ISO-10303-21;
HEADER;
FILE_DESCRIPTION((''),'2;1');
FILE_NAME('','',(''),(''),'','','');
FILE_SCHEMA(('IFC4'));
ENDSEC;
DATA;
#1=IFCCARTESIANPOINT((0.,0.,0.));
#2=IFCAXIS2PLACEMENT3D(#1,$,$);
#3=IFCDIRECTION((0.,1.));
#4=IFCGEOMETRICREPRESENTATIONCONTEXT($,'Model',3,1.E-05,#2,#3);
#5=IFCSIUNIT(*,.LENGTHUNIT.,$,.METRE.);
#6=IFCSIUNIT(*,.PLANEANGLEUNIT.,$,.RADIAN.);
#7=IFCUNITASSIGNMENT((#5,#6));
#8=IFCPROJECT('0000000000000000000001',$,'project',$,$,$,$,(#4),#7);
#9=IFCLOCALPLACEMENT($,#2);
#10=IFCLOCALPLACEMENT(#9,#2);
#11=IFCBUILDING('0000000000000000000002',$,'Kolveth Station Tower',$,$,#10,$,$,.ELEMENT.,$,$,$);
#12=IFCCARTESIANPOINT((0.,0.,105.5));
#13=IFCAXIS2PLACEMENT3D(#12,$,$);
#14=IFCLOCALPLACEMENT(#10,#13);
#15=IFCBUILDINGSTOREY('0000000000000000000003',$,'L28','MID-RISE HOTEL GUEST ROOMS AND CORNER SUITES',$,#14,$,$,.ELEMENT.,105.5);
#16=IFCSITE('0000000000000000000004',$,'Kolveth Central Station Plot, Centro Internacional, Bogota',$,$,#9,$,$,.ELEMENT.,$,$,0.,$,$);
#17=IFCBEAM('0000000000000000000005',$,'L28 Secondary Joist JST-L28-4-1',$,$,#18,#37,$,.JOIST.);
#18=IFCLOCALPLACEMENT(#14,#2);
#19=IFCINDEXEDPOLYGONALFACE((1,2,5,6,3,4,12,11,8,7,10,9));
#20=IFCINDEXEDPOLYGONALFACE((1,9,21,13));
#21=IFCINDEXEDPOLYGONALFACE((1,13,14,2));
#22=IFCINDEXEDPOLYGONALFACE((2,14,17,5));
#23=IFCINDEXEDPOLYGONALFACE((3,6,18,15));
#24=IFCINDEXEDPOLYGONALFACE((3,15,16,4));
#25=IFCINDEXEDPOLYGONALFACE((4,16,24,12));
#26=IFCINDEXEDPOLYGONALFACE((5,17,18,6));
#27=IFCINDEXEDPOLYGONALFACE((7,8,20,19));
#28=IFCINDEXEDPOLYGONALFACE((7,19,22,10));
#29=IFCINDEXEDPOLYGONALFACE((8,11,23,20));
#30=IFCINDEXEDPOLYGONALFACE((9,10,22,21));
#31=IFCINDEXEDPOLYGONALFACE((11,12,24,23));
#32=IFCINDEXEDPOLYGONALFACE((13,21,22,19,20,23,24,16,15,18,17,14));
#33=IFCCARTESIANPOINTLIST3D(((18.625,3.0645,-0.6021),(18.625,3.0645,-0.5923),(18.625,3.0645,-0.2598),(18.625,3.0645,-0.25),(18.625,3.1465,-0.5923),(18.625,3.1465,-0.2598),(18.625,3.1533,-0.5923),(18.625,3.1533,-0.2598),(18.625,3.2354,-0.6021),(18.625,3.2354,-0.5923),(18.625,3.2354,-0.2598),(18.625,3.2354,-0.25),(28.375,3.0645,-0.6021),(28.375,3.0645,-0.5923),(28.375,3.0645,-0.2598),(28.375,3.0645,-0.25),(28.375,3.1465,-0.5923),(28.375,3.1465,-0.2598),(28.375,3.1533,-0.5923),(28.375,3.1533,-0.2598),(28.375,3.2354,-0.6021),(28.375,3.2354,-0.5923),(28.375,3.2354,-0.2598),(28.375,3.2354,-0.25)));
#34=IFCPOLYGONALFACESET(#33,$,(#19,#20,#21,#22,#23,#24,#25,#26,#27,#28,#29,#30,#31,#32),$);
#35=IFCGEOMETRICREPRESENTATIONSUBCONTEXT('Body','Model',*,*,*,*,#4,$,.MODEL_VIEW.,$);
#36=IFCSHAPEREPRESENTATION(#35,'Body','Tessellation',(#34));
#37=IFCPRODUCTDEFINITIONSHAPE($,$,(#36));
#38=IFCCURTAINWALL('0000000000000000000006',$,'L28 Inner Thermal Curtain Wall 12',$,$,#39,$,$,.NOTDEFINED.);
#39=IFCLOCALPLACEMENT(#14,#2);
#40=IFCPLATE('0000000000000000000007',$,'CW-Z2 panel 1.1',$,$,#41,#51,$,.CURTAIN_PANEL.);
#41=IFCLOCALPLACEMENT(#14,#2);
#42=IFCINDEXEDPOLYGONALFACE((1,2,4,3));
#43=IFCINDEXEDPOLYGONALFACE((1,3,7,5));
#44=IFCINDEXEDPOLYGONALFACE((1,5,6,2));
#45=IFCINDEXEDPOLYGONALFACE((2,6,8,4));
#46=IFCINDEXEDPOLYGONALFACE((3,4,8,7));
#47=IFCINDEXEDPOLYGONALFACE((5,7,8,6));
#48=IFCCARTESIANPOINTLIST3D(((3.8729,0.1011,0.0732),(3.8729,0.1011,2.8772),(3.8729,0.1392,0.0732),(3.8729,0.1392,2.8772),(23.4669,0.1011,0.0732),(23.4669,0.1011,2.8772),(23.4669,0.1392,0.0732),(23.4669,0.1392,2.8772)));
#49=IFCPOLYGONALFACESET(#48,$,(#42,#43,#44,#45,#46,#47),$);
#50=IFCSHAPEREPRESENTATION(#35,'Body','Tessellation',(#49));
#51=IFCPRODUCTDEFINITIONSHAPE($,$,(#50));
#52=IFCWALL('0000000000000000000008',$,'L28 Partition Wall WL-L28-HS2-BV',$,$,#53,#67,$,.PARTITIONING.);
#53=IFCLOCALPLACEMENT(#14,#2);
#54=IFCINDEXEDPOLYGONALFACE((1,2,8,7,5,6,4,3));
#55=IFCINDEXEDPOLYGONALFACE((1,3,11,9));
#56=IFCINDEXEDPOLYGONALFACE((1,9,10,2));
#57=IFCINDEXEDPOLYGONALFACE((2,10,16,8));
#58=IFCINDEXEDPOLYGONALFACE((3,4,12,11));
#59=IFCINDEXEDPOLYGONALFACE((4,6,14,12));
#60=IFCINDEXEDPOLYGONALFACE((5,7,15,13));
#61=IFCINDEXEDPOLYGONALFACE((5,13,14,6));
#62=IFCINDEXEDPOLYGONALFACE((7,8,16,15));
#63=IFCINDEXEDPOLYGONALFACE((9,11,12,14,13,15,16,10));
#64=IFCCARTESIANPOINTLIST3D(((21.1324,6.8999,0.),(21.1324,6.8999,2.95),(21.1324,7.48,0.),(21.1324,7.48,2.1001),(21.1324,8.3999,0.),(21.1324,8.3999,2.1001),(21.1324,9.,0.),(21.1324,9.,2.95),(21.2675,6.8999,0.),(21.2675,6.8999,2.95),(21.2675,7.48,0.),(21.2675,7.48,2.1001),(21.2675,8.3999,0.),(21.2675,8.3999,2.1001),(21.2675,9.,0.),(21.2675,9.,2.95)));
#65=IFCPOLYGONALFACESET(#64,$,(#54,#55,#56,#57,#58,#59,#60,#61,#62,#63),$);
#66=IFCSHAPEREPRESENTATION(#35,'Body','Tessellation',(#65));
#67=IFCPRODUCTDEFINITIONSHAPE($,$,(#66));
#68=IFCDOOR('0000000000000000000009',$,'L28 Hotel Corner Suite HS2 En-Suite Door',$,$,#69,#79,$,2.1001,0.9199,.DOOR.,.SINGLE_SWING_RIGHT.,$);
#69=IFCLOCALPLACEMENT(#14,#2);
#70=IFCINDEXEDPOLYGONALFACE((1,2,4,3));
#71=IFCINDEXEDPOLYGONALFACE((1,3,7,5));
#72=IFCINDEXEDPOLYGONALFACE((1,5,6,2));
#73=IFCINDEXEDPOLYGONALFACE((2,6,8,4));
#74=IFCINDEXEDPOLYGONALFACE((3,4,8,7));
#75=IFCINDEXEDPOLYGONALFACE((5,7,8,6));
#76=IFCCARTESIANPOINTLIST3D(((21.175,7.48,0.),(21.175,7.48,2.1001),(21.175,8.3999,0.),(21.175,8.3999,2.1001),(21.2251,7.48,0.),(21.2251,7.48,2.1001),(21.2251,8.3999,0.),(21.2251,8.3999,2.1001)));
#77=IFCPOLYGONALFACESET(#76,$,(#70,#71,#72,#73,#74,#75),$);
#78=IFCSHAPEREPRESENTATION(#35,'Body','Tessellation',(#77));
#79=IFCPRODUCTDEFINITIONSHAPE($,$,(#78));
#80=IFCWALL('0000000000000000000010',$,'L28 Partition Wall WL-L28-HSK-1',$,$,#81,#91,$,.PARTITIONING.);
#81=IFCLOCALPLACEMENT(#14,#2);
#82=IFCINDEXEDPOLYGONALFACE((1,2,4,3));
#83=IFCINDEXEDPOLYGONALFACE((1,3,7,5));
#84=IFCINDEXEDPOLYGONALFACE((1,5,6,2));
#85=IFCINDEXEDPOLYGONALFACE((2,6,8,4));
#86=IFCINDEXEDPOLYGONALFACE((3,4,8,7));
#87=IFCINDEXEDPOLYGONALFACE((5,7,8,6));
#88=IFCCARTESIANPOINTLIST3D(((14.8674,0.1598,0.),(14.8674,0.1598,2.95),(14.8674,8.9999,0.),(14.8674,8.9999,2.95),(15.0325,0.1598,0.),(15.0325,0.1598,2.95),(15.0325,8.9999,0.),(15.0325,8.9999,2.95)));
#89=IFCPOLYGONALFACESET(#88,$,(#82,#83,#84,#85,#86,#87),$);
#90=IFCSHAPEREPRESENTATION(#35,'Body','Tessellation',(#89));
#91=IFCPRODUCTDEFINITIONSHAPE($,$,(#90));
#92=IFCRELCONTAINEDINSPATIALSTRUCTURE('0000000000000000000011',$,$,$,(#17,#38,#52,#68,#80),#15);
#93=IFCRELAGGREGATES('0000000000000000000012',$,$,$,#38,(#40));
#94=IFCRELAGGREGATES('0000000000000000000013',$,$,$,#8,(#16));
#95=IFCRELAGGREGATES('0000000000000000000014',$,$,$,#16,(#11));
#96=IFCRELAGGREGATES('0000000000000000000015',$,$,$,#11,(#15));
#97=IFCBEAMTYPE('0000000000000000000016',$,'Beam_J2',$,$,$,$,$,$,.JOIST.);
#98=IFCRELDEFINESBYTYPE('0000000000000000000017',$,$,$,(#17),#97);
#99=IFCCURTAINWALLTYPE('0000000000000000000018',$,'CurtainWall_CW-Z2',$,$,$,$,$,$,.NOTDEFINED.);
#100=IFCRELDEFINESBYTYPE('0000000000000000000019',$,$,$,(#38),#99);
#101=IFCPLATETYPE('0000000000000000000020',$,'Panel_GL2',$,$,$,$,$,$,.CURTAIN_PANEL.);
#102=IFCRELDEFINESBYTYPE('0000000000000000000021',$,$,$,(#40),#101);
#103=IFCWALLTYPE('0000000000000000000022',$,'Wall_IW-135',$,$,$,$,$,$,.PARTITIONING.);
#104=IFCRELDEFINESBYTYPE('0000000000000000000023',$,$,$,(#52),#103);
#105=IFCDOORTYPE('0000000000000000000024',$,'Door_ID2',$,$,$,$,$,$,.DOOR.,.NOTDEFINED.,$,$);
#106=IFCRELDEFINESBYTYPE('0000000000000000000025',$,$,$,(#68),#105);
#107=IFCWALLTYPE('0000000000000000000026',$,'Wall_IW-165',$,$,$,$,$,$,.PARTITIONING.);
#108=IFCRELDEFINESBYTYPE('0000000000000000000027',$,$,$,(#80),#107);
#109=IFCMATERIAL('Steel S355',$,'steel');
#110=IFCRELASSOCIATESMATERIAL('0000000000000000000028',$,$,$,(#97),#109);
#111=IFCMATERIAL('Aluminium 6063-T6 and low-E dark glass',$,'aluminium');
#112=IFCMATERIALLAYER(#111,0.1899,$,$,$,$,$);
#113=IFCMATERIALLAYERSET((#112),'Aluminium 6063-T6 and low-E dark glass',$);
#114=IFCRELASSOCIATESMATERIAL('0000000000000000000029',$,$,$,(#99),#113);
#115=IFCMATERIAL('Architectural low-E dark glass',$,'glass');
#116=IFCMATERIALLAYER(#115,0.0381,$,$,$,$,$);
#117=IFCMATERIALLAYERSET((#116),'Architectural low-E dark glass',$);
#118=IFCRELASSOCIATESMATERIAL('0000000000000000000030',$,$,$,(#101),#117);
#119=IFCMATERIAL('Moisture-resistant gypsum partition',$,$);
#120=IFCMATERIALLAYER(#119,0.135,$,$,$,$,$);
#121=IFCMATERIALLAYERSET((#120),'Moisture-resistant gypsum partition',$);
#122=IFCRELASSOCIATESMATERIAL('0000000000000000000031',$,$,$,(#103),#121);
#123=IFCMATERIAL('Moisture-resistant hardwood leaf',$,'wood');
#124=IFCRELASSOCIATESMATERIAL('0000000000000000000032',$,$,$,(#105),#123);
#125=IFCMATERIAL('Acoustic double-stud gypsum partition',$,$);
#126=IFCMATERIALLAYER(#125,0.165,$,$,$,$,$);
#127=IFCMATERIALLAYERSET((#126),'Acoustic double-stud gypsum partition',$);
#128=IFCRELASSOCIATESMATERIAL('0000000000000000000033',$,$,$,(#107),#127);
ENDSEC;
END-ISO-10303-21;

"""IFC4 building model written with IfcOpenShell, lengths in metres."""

from ifc_helpers import new_model, si_unit, direction, frame, frame_2d, origin, origin_2d, place, context, subcontext, project, spatial, rectangle, i_section, extrude, source, transform, mapped, material, layer, layer_set, material_profile, profile_set, type_object, element, fill, aggregate, save


model = new_model("IFC4")

# Units and contexts
model_context = context("Model", 3, precision=1e-05, world=origin(), true_north=direction((0.0, 1.0)))
body_context = subcontext(model_context, "Body", "Model", "MODEL_VIEW")
ifc_project = project(units=[si_unit("LENGTHUNIT", "METRE"), si_unit("PLANEANGLEUNIT", "RADIAN")], contexts=[model_context])

# Site, building, storey
site_placement = place(None, origin())
site = spatial("IfcSite", under=ifc_project, at=site_placement, Name="Kolveth Central Station Plot, Centro Internacional, Bogota", CompositionType="ELEMENT", RefElevation=0.0)
building_placement = place(site_placement, origin())
building = spatial("IfcBuilding", under=site, at=building_placement, Name="Kolveth Station Tower", CompositionType="ELEMENT")
storey_placement = place(building_placement, frame((0.0, 0.0, 105.5)))
storey = spatial("IfcBuildingStorey", under=building, at=storey_placement, Name="L28", Description="MID-RISE HOTEL GUEST ROOMS AND CORNER SUITES", CompositionType="ELEMENT", Elevation=105.5)

# Beam
ifc_material_1 = material(Name="Steel S355", Category="steel")
ifc_material_profile_1 = material_profile(ifc_material_1, i_section(OverallWidth=0.1709, OverallDepth=0.3521, WebThickness=0.0068, FlangeThickness=0.0098, at=origin_2d()), Name="W360x44")
ifc_profile_set_1 = profile_set([ifc_material_profile_1], Name="Steel S355")
beam_type_1 = type_object("IfcBeamType", Name="Beam_J2", PredefinedType="JOIST", material=ifc_profile_set_1)
shared_shape_1 = source(origin(), body_context, "Body", "SweptSolid", [
    extrude(i_section(OverallWidth=0.1709, OverallDepth=0.3521, WebThickness=0.0068, FlangeThickness=0.0098, at=origin_2d()), origin(), (0.0, 0.0, 1.0), 9.75),
])
beam_1_placement = place(storey_placement, frame((18.625, 3.1499, -0.426), z_axis=(1.0, 0.0, 0.0), x_axis=(0.0, 1.0, 0.0)))
element("IfcBeam", 1, at=beam_1_placement, inside=storey, type_object=beam_type_1, Name="L28 Secondary Joist JST-L28-4-1", PredefinedType="JOIST", context=body_context, shape_type="MappedRepresentation", body=[
    mapped(shared_shape_1, transform((0.0, 0.0, 0.0), x_axis=(1.0, 0.0, 0.0), y_axis=(0.0, 1.0, 0.0), z_axis=(0.0, 0.0, 1.0), scale=1.0)),
])

# Curtain wall, plate
ifc_material_2 = material(Name="Aluminium 6063-T6 and low-E dark glass", Category="aluminium")
ifc_layer_1 = layer(ifc_material_2, 0.1899)
ifc_layer_set_1 = layer_set([ifc_layer_1], Name="Aluminium 6063-T6 and low-E dark glass")
curtain_wall_type = type_object("IfcCurtainWallType", Name="CurtainWall_CW-Z2", PredefinedType="NOTDEFINED", material=ifc_layer_set_1)
curtain_wall_placement = place(storey_placement, origin())
curtain_wall = element("IfcCurtainWall", 2, at=curtain_wall_placement, inside=storey, type_object=curtain_wall_type, Name="L28 Inner Thermal Curtain Wall 12", PredefinedType="NOTDEFINED")
ifc_material_3 = material(Name="Architectural low-E dark glass", Category="glass")
ifc_layer_2 = layer(ifc_material_3, 0.0381)
ifc_layer_set_2 = layer_set([ifc_layer_2], Name="Architectural low-E dark glass")
plate_type = type_object("IfcPlateType", Name="Panel_GL2", PredefinedType="CURTAIN_PANEL", material=ifc_layer_set_2)
shared_shape_2 = source(origin(), body_context, "Body", "SweptSolid", [
    extrude(rectangle(XDim=19.594, YDim=0.0381, at=origin_2d()), origin(), (0.0, 0.0, 1.0), 2.804),
])
plate_placement = place(storey_placement, frame((13.6699, 0.1201, 0.0732), z_axis=(0.0, 0.0, 1.0), x_axis=(1.0, 0.0, 0.0)))
plate = element("IfcPlate", 3, at=plate_placement, type_object=plate_type, Name="CW-Z2 panel 1.1", PredefinedType="CURTAIN_PANEL", context=body_context, shape_type="MappedRepresentation", body=[
    mapped(shared_shape_2, transform((0.0, 0.0, 0.0), x_axis=(1.0, 0.0, 0.0), y_axis=(0.0, 1.0, 0.0), z_axis=(0.0, 0.0, 1.0), scale=1.0)),
])
aggregate(curtain_wall, [plate])

# Wall, opening, door
ifc_material_4 = material(Name="Moisture-resistant gypsum partition")
ifc_layer_3 = layer(ifc_material_4, 0.135)
ifc_layer_set_3 = layer_set([ifc_layer_3], Name="Moisture-resistant gypsum partition")
wall_type_1 = type_object("IfcWallType", Name="Wall_IW-135", PredefinedType="PARTITIONING", material=ifc_layer_set_3)
wall_1_placement = place(storey_placement, frame((21.2, 6.8999, 0.0), z_axis=(0.0, 0.0, 1.0), x_axis=(0.0, 1.0, 0.0)))
wall_1 = element("IfcWall", 4, at=wall_1_placement, inside=storey, type_object=wall_type_1, Name="L28 Partition Wall WL-L28-HS2-BV", PredefinedType="PARTITIONING", context=body_context, shape_type="SweptSolid", body=[
    extrude(rectangle(XDim=2.1001, YDim=0.135, at=frame_2d((1.05, 0.0))), origin(), (0.0, 0.0, 1.0), 2.95),
])
opening_placement = place(wall_1_placement, frame((0.5801, 0.0, 0.0)))
opening = element("IfcOpeningElement", 5, at=opening_placement, cuts=wall_1, PredefinedType="OPENING", context=body_context, shape_type="SweptSolid", body=[
    extrude(rectangle(XDim=0.9199, YDim=2.1001, at=frame_2d((0.46, 1.05))), frame((0.0, 0.0774, 0.0), z_axis=(0.0, -1.0, 0.0), x_axis=(1.0, 0.0, 0.0)), (0.0, 0.0, 1.0), 0.155),
])
ifc_material_5 = material(Name="Moisture-resistant hardwood leaf", Category="wood")
door_type = type_object("IfcDoorType", Name="Door_ID2", OperationType="NOTDEFINED", PredefinedType="DOOR", material=ifc_material_5)
door_placement = place(opening_placement, origin())
door = element("IfcDoor", 6, at=door_placement, inside=storey, type_object=door_type, Name="L28 Hotel Corner Suite HS2 En-Suite Door", OperationType="SINGLE_SWING_RIGHT", OverallHeight=2.1001, OverallWidth=0.9199, PredefinedType="DOOR", context=body_context, shape_type="SweptSolid", body=[
    extrude(rectangle(XDim=0.9199, YDim=2.1001, at=frame_2d((0.46, 1.05))), frame((0.0, 0.0249, 0.0), z_axis=(0.0, -1.0, 0.0), x_axis=(1.0, 0.0, 0.0)), (0.0, 0.0, 1.0), 0.05),
])
fill(opening, door)

# Wall
ifc_material_6 = material(Name="Acoustic double-stud gypsum partition")
ifc_layer_4 = layer(ifc_material_6, 0.165)
ifc_layer_set_4 = layer_set([ifc_layer_4], Name="Acoustic double-stud gypsum partition")
wall_type_2 = type_object("IfcWallType", Name="Wall_IW-165", PredefinedType="PARTITIONING", material=ifc_layer_set_4)
wall_2_placement = place(storey_placement, frame((14.95, 0.1599, 0.0), z_axis=(0.0, 0.0, 1.0), x_axis=(0.0, 1.0, 0.0)))
element("IfcWall", 7, at=wall_2_placement, inside=storey, type_object=wall_type_2, Name="L28 Partition Wall WL-L28-HSK-1", PredefinedType="PARTITIONING", context=body_context, shape_type="SweptSolid", body=[
    extrude(rectangle(XDim=8.8401, YDim=0.165, at=frame_2d((4.4199, 0.0))), origin(), (0.0, 0.0, 1.0), 2.95),
])

save(model, "model.ifc")
